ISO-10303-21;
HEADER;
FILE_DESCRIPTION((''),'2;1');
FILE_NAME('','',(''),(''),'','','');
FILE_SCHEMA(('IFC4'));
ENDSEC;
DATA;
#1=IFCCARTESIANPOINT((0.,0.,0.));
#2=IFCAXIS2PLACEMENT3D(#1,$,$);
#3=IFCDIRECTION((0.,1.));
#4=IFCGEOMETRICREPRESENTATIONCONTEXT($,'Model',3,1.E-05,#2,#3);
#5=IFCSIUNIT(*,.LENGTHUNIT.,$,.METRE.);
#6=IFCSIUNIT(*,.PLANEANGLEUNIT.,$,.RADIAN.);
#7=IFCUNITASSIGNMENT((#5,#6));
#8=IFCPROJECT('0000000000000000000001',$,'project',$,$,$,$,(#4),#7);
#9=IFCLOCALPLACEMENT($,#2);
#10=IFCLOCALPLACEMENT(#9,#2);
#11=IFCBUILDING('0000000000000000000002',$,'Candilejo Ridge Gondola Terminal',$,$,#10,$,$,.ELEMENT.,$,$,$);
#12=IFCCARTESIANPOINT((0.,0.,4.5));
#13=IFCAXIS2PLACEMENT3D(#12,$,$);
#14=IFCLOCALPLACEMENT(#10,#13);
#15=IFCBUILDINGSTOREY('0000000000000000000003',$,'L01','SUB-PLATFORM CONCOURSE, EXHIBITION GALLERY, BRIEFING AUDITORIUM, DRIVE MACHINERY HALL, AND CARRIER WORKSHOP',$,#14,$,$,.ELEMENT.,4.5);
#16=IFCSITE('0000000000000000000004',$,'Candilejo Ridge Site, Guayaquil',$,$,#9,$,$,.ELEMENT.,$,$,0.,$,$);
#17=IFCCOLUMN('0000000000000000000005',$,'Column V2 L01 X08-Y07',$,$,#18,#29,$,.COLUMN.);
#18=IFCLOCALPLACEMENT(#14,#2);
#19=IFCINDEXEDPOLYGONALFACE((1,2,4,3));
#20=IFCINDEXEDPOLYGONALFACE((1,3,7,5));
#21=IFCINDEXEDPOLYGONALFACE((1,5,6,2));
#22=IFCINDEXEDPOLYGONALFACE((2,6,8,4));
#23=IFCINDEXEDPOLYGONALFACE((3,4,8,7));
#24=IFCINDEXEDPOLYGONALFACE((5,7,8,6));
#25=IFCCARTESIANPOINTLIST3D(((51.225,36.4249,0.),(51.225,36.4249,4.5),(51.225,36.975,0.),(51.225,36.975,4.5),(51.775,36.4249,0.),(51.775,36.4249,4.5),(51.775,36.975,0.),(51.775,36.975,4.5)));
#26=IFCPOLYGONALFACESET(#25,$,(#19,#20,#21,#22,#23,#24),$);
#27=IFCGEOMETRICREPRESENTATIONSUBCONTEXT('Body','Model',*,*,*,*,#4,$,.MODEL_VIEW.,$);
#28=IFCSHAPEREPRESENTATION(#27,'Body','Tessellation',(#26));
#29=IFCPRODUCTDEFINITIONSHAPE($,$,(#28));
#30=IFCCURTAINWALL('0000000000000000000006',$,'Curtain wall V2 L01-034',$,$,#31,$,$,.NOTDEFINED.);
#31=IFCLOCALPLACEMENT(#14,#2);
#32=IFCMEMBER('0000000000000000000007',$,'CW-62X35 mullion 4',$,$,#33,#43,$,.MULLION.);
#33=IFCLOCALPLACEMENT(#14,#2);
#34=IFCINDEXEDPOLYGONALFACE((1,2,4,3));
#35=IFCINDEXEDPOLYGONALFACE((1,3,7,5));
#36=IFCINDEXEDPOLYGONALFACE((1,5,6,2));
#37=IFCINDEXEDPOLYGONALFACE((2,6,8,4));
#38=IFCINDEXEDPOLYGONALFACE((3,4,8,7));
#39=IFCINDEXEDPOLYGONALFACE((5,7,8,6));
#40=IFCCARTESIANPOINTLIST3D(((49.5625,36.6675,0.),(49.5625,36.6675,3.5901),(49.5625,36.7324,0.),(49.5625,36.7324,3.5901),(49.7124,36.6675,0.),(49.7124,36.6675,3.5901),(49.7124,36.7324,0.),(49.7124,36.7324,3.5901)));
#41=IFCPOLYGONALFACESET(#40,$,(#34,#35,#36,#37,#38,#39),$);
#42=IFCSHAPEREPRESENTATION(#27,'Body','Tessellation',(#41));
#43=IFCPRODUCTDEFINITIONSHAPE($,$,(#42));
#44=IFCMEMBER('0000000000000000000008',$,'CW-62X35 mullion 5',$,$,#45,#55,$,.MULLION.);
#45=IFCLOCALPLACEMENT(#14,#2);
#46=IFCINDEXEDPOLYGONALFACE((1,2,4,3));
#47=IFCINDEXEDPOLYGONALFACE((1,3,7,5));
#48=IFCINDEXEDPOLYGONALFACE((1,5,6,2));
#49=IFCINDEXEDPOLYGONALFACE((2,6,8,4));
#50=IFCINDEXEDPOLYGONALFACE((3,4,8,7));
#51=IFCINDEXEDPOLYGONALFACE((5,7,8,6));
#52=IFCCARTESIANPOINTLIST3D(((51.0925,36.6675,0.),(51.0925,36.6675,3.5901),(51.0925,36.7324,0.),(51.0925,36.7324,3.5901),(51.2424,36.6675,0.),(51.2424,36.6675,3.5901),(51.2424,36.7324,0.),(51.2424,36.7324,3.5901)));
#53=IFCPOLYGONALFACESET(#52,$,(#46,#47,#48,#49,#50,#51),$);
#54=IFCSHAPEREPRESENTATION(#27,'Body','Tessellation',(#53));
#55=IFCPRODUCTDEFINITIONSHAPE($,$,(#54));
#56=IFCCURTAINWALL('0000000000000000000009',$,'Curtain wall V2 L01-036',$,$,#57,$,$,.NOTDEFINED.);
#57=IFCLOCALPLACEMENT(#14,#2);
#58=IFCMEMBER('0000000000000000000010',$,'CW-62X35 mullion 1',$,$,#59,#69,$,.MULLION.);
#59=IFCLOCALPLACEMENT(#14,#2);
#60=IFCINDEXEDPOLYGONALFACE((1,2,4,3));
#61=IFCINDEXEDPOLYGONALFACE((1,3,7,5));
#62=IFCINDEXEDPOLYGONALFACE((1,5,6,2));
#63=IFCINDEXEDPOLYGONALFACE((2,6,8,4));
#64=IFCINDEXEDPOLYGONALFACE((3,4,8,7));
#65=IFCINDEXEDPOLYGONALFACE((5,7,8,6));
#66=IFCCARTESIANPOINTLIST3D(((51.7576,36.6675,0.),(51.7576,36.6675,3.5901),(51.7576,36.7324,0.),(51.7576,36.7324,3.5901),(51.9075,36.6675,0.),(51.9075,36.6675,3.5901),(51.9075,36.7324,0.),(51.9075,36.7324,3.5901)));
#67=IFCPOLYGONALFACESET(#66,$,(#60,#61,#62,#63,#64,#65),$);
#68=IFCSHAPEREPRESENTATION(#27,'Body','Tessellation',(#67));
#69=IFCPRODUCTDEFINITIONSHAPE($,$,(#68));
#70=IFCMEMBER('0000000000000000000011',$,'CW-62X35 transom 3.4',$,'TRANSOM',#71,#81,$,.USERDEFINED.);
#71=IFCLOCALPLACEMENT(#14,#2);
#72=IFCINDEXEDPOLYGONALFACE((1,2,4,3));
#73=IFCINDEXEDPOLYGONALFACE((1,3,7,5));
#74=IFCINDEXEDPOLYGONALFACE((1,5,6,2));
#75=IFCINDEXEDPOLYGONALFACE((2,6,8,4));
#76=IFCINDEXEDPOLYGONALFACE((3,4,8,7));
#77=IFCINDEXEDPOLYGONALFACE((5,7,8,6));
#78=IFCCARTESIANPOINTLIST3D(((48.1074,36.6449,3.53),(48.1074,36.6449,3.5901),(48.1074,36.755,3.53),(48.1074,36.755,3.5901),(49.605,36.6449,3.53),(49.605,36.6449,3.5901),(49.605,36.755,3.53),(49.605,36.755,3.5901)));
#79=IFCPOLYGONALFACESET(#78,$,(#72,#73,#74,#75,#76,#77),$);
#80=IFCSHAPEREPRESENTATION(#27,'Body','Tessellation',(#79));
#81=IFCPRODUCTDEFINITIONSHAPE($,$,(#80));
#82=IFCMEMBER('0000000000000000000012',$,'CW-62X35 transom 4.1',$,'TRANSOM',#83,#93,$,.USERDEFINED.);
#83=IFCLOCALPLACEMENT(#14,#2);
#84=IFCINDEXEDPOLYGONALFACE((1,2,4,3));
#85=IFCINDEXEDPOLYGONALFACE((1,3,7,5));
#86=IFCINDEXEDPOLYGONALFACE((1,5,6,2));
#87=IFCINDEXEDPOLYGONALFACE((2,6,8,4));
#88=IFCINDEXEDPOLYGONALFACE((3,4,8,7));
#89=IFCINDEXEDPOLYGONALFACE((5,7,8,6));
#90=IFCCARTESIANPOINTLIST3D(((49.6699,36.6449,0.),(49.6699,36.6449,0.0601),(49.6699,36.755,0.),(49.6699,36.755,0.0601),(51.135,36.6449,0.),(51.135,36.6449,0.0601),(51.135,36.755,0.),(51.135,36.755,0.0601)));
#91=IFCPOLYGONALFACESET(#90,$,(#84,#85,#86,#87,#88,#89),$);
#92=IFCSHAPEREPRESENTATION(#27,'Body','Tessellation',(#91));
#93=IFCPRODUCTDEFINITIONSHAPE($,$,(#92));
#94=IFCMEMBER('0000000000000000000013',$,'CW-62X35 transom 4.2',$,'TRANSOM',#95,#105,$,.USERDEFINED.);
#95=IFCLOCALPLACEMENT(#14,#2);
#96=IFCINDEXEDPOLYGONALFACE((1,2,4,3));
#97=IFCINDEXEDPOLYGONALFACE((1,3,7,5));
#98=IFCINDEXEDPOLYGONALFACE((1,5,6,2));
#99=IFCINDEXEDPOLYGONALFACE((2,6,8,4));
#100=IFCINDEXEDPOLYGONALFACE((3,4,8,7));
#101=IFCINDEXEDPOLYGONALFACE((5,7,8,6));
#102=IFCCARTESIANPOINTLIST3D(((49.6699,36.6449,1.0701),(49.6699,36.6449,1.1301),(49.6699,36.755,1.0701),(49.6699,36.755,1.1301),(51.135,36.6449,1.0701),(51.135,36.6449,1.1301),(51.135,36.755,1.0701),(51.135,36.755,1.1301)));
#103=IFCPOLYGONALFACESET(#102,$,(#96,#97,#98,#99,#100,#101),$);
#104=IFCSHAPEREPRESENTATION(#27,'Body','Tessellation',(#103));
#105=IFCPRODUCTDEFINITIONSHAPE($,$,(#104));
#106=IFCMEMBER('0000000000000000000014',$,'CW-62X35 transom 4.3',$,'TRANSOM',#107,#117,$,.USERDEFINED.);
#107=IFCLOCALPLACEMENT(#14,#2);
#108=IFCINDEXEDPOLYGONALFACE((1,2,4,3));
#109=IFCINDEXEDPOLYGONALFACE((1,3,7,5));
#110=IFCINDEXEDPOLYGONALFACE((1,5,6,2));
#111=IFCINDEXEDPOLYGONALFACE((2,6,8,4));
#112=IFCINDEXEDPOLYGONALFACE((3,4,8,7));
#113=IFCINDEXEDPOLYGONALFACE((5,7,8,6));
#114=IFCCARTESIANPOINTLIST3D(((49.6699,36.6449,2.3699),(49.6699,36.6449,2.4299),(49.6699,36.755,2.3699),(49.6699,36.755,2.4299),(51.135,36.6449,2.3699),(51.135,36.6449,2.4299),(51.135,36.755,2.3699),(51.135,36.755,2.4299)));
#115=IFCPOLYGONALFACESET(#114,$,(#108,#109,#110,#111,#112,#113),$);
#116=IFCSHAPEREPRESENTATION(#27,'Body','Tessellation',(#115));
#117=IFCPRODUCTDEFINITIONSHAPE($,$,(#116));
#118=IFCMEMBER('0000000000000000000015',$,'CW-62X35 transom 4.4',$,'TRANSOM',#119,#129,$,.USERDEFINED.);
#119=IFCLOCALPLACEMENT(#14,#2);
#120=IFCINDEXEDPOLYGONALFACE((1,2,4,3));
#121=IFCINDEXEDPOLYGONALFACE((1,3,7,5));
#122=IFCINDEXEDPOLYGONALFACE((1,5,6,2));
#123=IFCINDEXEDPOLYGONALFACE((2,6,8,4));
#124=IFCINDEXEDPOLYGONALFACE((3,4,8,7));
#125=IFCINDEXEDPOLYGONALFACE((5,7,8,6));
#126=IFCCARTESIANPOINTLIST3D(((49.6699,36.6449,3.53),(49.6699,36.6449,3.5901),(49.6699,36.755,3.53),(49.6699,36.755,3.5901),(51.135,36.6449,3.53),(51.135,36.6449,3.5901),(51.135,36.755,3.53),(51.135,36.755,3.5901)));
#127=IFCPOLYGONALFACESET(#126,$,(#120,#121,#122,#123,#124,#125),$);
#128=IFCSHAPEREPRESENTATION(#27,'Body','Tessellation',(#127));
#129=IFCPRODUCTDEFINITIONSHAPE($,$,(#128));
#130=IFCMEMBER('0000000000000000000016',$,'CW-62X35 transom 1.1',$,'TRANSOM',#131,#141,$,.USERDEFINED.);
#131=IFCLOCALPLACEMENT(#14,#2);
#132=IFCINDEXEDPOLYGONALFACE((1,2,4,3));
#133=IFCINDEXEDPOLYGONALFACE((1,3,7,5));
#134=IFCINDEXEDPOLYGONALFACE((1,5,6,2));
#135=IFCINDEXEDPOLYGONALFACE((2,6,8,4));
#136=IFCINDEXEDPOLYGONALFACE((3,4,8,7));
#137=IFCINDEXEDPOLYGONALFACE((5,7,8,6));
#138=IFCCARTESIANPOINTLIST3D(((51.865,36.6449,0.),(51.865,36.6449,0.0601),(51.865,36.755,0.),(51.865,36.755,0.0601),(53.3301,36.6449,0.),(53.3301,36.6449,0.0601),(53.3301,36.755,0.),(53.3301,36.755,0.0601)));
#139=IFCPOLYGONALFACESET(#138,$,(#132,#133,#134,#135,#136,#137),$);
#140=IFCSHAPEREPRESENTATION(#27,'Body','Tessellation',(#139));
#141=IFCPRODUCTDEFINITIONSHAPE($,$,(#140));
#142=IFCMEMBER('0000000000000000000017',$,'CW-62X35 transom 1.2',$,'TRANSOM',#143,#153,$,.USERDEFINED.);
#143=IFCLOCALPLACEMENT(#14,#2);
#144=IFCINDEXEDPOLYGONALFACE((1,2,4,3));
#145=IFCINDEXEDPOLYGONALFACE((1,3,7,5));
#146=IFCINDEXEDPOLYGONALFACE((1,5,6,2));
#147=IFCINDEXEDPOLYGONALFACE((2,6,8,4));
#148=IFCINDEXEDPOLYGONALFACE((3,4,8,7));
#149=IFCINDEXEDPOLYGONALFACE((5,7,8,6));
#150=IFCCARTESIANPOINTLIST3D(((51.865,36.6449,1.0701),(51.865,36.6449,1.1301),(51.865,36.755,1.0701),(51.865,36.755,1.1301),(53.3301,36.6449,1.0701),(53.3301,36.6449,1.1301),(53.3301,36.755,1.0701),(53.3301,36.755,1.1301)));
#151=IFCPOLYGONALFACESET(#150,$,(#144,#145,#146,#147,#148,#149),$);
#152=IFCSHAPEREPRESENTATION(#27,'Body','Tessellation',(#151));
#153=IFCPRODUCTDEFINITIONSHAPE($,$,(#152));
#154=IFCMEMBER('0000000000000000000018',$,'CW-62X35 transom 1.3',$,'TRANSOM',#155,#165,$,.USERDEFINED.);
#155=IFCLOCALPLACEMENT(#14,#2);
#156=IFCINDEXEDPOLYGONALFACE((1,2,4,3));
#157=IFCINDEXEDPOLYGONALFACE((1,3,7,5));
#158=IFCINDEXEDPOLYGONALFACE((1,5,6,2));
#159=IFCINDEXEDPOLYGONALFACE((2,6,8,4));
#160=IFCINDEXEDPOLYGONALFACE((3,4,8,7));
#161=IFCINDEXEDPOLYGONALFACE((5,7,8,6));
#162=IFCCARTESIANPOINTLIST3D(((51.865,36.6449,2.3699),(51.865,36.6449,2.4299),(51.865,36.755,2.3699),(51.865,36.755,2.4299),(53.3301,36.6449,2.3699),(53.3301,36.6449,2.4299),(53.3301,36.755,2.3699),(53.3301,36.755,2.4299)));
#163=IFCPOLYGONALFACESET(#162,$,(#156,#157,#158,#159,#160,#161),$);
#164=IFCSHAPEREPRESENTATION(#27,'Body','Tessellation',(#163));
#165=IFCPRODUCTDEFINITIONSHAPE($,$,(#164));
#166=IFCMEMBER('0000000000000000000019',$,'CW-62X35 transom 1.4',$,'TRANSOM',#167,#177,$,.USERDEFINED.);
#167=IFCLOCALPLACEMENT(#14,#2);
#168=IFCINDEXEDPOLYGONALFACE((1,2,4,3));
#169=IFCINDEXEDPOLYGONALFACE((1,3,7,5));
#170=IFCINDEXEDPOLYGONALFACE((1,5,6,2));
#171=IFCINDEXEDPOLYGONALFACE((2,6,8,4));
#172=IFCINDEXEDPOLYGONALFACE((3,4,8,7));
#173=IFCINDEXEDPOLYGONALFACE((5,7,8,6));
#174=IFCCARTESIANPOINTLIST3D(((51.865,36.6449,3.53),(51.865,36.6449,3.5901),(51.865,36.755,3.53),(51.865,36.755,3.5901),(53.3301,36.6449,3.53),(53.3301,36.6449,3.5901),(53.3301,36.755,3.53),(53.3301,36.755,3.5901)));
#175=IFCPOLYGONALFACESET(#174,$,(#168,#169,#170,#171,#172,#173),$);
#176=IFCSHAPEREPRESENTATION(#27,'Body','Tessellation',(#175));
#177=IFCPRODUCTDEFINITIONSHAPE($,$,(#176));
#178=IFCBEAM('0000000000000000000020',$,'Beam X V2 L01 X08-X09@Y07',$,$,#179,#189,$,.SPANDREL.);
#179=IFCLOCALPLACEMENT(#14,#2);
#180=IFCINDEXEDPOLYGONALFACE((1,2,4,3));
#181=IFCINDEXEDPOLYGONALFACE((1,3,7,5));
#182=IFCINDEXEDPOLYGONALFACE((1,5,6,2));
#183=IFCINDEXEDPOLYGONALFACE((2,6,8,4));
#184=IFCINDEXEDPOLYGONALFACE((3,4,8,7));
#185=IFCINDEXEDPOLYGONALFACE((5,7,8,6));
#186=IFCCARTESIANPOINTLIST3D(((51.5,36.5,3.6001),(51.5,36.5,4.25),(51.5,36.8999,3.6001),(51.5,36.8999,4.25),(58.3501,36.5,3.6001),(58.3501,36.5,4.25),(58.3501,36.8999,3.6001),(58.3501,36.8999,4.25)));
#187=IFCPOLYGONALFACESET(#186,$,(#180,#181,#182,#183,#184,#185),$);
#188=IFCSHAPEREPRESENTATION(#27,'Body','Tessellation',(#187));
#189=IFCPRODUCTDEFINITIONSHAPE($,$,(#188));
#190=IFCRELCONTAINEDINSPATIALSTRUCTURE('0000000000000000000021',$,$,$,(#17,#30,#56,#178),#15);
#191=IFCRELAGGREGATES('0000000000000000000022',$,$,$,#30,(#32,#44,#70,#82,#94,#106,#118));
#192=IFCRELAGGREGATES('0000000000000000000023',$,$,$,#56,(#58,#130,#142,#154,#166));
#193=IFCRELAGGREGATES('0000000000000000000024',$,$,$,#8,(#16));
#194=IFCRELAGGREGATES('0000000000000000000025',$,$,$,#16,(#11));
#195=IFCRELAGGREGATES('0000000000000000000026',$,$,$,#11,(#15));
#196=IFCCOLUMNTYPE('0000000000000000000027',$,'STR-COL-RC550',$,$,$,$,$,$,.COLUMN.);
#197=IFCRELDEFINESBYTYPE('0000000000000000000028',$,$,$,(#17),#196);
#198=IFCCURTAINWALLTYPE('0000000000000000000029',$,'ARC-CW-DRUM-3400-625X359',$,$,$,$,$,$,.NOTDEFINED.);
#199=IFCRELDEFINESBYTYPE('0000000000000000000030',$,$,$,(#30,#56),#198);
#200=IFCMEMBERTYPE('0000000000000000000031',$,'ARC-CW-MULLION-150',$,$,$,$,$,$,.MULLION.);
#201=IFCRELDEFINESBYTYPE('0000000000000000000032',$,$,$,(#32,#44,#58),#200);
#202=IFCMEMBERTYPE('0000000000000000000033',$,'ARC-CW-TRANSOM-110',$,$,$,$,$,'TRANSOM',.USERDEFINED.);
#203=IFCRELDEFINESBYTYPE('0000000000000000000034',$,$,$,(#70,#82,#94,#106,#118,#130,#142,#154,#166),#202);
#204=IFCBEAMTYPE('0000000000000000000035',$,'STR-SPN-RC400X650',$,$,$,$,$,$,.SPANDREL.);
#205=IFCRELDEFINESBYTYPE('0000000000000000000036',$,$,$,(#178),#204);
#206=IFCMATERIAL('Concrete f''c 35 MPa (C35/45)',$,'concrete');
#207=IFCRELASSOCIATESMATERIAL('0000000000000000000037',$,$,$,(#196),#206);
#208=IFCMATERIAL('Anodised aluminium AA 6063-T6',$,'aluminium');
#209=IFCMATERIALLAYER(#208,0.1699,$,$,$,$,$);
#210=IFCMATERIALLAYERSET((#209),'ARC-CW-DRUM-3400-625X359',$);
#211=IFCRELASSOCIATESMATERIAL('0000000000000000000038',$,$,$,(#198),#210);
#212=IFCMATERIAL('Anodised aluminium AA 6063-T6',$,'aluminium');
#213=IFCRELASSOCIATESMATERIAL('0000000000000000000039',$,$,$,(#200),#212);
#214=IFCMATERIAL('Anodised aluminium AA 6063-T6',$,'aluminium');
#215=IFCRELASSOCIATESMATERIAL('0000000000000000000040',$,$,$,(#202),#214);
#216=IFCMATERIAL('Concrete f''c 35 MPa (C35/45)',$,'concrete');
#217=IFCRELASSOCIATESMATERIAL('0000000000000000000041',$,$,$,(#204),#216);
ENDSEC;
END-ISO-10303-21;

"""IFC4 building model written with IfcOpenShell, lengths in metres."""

from ifc_helpers import new_model, si_unit, direction, frame, origin, origin_2d, place, context, subcontext, project, spatial, rectangle, extrude, material, layer, layer_set, material_profile, profile_set, type_object, element, aggregate, save


model = new_model("IFC4")

# Units and contexts
model_context = context("Model", 3, precision=1e-05, world=origin(), true_north=direction((0.0, 1.0)))
body_context = subcontext(model_context, "Body", "Model", "MODEL_VIEW")
ifc_project = project(units=[si_unit("LENGTHUNIT", "METRE"), si_unit("PLANEANGLEUNIT", "RADIAN")], contexts=[model_context])

# Site, building, storey
site_placement = place(None, origin())
site = spatial("IfcSite", under=ifc_project, at=site_placement, Name="Candilejo Ridge Site, Guayaquil", CompositionType="ELEMENT", RefElevation=0.0)
building_placement = place(site_placement, origin())
building = spatial("IfcBuilding", under=site, at=building_placement, Name="Candilejo Ridge Gondola Terminal", CompositionType="ELEMENT")
storey_placement = place(building_placement, frame((0.0, 0.0, 4.5)))
storey = spatial("IfcBuildingStorey", under=building, at=storey_placement, Name="L01", Description="SUB-PLATFORM CONCOURSE, EXHIBITION GALLERY, BRIEFING AUDITORIUM, DRIVE MACHINERY HALL, AND CARRIER WORKSHOP", CompositionType="ELEMENT", Elevation=4.5)

# Column
ifc_material_1 = material(Name="Concrete f'c 35 MPa (C35/45)", Category="concrete")
ifc_material_profile_1 = material_profile(ifc_material_1, rectangle(XDim=0.55, YDim=0.55, at=origin_2d()))
ifc_profile_set_1 = profile_set([ifc_material_profile_1], Name="Concrete f'c 35 MPa (C35/45)")
column_type = type_object("IfcColumnType", Name="STR-COL-RC550", PredefinedType="COLUMN", material=ifc_profile_set_1)
column_placement = place(storey_placement, frame((51.5, 36.7, 0.0), z_axis=(0.0, 0.0, 1.0), x_axis=(1.0, 0.0, 0.0)))
element("IfcColumn", 1, at=column_placement, inside=storey, type_object=column_type, Name="Column V2 L01 X08-Y07", PredefinedType="COLUMN", context=body_context, shape_type="SweptSolid", body=[
    extrude(rectangle(XDim=0.55, YDim=0.55, at=origin_2d()), origin(), (0.0, 0.0, 1.0), 4.5),
])

# Curtain wall, members
ifc_material_2 = material(Name="Anodised aluminium AA 6063-T6", Category="aluminium")
ifc_layer_1 = layer(ifc_material_2, 0.1699)
ifc_layer_set_1 = layer_set([ifc_layer_1], Name="ARC-CW-DRUM-3400-625X359")
curtain_wall_type = type_object("IfcCurtainWallType", Name="ARC-CW-DRUM-3400-625X359", PredefinedType="NOTDEFINED", material=ifc_layer_set_1)
curtain_wall_1_placement = place(storey_placement, origin())
curtain_wall_1 = element("IfcCurtainWall", 2, at=curtain_wall_1_placement, inside=storey, type_object=curtain_wall_type, Name="Curtain wall V2 L01-034", PredefinedType="NOTDEFINED")
ifc_material_3 = material(Name="Anodised aluminium AA 6063-T6", Category="aluminium")
ifc_material_profile_2 = material_profile(ifc_material_3, rectangle(XDim=0.0649, YDim=0.1499, at=origin_2d()))
ifc_profile_set_2 = profile_set([ifc_material_profile_2], Name="Anodised aluminium AA 6063-T6")
member_type_1 = type_object("IfcMemberType", Name="ARC-CW-MULLION-150", PredefinedType="MULLION", material=ifc_profile_set_2)
member_1_placement = place(storey_placement, frame((49.6375, 36.7, 0.0), z_axis=(0.0, 0.0, 1.0), x_axis=(0.0, 1.0, 0.0)))
member_1 = element("IfcMember", 3, at=member_1_placement, type_object=member_type_1, Name="CW-62X35 mullion 4", PredefinedType="MULLION", context=body_context, shape_type="SweptSolid", body=[
    extrude(rectangle(XDim=0.0649, YDim=0.1499, at=origin_2d()), origin(), (0.0, 0.0, 1.0), 3.5901),
])
member_2_placement = place(storey_placement, frame((51.1675, 36.7, 0.0), z_axis=(0.0, 0.0, 1.0), x_axis=(0.0, 1.0, 0.0)))
member_2 = element("IfcMember", 4, at=member_2_placement, type_object=member_type_1, Name="CW-62X35 mullion 5", PredefinedType="MULLION", context=body_context, shape_type="SweptSolid", body=[
    extrude(rectangle(XDim=0.0649, YDim=0.1499, at=origin_2d()), origin(), (0.0, 0.0, 1.0), 3.5901),
])

# Curtain wall, member
curtain_wall_2_placement = place(storey_placement, origin())
curtain_wall_2 = element("IfcCurtainWall", 5, at=curtain_wall_2_placement, inside=storey, type_object=curtain_wall_type, Name="Curtain wall V2 L01-036", PredefinedType="NOTDEFINED")
member_3_placement = place(storey_placement, frame((51.8325, 36.7, 0.0), z_axis=(0.0, 0.0, 1.0), x_axis=(0.0, 1.0, 0.0)))
member_3 = element("IfcMember", 6, at=member_3_placement, type_object=member_type_1, Name="CW-62X35 mullion 1", PredefinedType="MULLION", context=body_context, shape_type="SweptSolid", body=[
    extrude(rectangle(XDim=0.0649, YDim=0.1499, at=origin_2d()), origin(), (0.0, 0.0, 1.0), 3.5901),
])

# Members
ifc_material_4 = material(Name="Anodised aluminium AA 6063-T6", Category="aluminium")
ifc_material_profile_3 = material_profile(ifc_material_4, rectangle(XDim=0.1101, YDim=0.0601, at=origin_2d()))
ifc_profile_set_3 = profile_set([ifc_material_profile_3], Name="Anodised aluminium AA 6063-T6")
member_type_2 = type_object("IfcMemberType", Name="ARC-CW-TRANSOM-110", ElementType="TRANSOM", PredefinedType="USERDEFINED", material=ifc_profile_set_3)
member_4_placement = place(storey_placement, frame((48.1074, 36.7, 3.5601), z_axis=(1.0, 0.0, 0.0), x_axis=(0.0, 1.0, 0.0)))
member_4 = element("IfcMember", 7, at=member_4_placement, type_object=member_type_2, Name="CW-62X35 transom 3.4", ObjectType="TRANSOM", PredefinedType="USERDEFINED", context=body_context, shape_type="SweptSolid", body=[
    extrude(rectangle(XDim=0.1101, YDim=0.0601, at=origin_2d()), origin(), (0.0, 0.0, 1.0), 1.4976),
])
member_5_placement = place(storey_placement, frame((49.6699, 36.7, 0.03), z_axis=(1.0, 0.0, 0.0), x_axis=(0.0, 1.0, 0.0)))
member_5 = element("IfcMember", 8, at=member_5_placement, type_object=member_type_2, Name="CW-62X35 transom 4.1", ObjectType="TRANSOM", PredefinedType="USERDEFINED", context=body_context, shape_type="SweptSolid", body=[
    extrude(rectangle(XDim=0.1101, YDim=0.0601, at=origin_2d()), origin(), (0.0, 0.0, 1.0), 1.4651),
])
member_6_placement = place(storey_placement, frame((49.6699, 36.7, 1.1001), z_axis=(1.0, 0.0, 0.0), x_axis=(0.0, 1.0, 0.0)))
member_6 = element("IfcMember", 9, at=member_6_placement, type_object=member_type_2, Name="CW-62X35 transom 4.2", ObjectType="TRANSOM", PredefinedType="USERDEFINED", context=body_context, shape_type="SweptSolid", body=[
    extrude(rectangle(XDim=0.1101, YDim=0.0601, at=origin_2d()), origin(), (0.0, 0.0, 1.0), 1.4651),
])
member_7_placement = place(storey_placement, frame((49.6699, 36.7, 2.3999), z_axis=(1.0, 0.0, 0.0), x_axis=(0.0, 1.0, 0.0)))
member_7 = element("IfcMember", 10, at=member_7_placement, type_object=member_type_2, Name="CW-62X35 transom 4.3", ObjectType="TRANSOM", PredefinedType="USERDEFINED", context=body_context, shape_type="SweptSolid", body=[
    extrude(rectangle(XDim=0.1101, YDim=0.0601, at=origin_2d()), origin(), (0.0, 0.0, 1.0), 1.4651),
])
member_8_placement = place(storey_placement, frame((49.6699, 36.7, 3.5601), z_axis=(1.0, 0.0, 0.0), x_axis=(0.0, 1.0, 0.0)))
member_8 = element("IfcMember", 11, at=member_8_placement, type_object=member_type_2, Name="CW-62X35 transom 4.4", ObjectType="TRANSOM", PredefinedType="USERDEFINED", context=body_context, shape_type="SweptSolid", body=[
    extrude(rectangle(XDim=0.1101, YDim=0.0601, at=origin_2d()), origin(), (0.0, 0.0, 1.0), 1.4651),
])
member_9_placement = place(storey_placement, frame((51.865, 36.7, 0.03), z_axis=(1.0, 0.0, 0.0), x_axis=(0.0, 1.0, 0.0)))
member_9 = element("IfcMember", 12, at=member_9_placement, type_object=member_type_2, Name="CW-62X35 transom 1.1", ObjectType="TRANSOM", PredefinedType="USERDEFINED", context=body_context, shape_type="SweptSolid", body=[
    extrude(rectangle(XDim=0.1101, YDim=0.0601, at=origin_2d()), origin(), (0.0, 0.0, 1.0), 1.4651),
])
member_10_placement = place(storey_placement, frame((51.865, 36.7, 1.1001), z_axis=(1.0, 0.0, 0.0), x_axis=(0.0, 1.0, 0.0)))
member_10 = element("IfcMember", 13, at=member_10_placement, type_object=member_type_2, Name="CW-62X35 transom 1.2", ObjectType="TRANSOM", PredefinedType="USERDEFINED", context=body_context, shape_type="SweptSolid", body=[
    extrude(rectangle(XDim=0.1101, YDim=0.0601, at=origin_2d()), origin(), (0.0, 0.0, 1.0), 1.4651),
])
member_11_placement = place(storey_placement, frame((51.865, 36.7, 2.3999), z_axis=(1.0, 0.0, 0.0), x_axis=(0.0, 1.0, 0.0)))
member_11 = element("IfcMember", 14, at=member_11_placement, type_object=member_type_2, Name="CW-62X35 transom 1.3", ObjectType="TRANSOM", PredefinedType="USERDEFINED", context=body_context, shape_type="SweptSolid", body=[
    extrude(rectangle(XDim=0.1101, YDim=0.0601, at=origin_2d()), origin(), (0.0, 0.0, 1.0), 1.4651),
])
member_12_placement = place(storey_placement, frame((51.865, 36.7, 3.5601), z_axis=(1.0, 0.0, 0.0), x_axis=(0.0, 1.0, 0.0)))
member_12 = element("IfcMember", 15, at=member_12_placement, type_object=member_type_2, Name="CW-62X35 transom 1.4", ObjectType="TRANSOM", PredefinedType="USERDEFINED", context=body_context, shape_type="SweptSolid", body=[
    extrude(rectangle(XDim=0.1101, YDim=0.0601, at=origin_2d()), origin(), (0.0, 0.0, 1.0), 1.4651),
])

# Beam
ifc_material_5 = material(Name="Concrete f'c 35 MPa (C35/45)", Category="concrete")
ifc_material_profile_4 = material_profile(ifc_material_5, rectangle(XDim=0.3999, YDim=0.6499, at=origin_2d()))
ifc_profile_set_4 = profile_set([ifc_material_profile_4], Name="Concrete f'c 35 MPa (C35/45)")
beam_type = type_object("IfcBeamType", Name="STR-SPN-RC400X650", PredefinedType="SPANDREL", material=ifc_profile_set_4)
beam_placement = place(storey_placement, frame((51.5, 36.7, 3.925), z_axis=(1.0, 0.0, 0.0), x_axis=(0.0, 1.0, 0.0)))
element("IfcBeam", 16, at=beam_placement, inside=storey, type_object=beam_type, Name="Beam X V2 L01 X08-X09@Y07", PredefinedType="SPANDREL", context=body_context, shape_type="SweptSolid", body=[
    extrude(rectangle(XDim=0.3999, YDim=0.6499, at=origin_2d()), origin(), (0.0, 0.0, 1.0), 6.8501),
])

aggregate(curtain_wall_1, [member_1, member_2, member_4, member_5, member_6, member_7, member_8])
aggregate(curtain_wall_2, [member_3, member_9, member_10, member_11, member_12])

save(model, "model.ifc")
